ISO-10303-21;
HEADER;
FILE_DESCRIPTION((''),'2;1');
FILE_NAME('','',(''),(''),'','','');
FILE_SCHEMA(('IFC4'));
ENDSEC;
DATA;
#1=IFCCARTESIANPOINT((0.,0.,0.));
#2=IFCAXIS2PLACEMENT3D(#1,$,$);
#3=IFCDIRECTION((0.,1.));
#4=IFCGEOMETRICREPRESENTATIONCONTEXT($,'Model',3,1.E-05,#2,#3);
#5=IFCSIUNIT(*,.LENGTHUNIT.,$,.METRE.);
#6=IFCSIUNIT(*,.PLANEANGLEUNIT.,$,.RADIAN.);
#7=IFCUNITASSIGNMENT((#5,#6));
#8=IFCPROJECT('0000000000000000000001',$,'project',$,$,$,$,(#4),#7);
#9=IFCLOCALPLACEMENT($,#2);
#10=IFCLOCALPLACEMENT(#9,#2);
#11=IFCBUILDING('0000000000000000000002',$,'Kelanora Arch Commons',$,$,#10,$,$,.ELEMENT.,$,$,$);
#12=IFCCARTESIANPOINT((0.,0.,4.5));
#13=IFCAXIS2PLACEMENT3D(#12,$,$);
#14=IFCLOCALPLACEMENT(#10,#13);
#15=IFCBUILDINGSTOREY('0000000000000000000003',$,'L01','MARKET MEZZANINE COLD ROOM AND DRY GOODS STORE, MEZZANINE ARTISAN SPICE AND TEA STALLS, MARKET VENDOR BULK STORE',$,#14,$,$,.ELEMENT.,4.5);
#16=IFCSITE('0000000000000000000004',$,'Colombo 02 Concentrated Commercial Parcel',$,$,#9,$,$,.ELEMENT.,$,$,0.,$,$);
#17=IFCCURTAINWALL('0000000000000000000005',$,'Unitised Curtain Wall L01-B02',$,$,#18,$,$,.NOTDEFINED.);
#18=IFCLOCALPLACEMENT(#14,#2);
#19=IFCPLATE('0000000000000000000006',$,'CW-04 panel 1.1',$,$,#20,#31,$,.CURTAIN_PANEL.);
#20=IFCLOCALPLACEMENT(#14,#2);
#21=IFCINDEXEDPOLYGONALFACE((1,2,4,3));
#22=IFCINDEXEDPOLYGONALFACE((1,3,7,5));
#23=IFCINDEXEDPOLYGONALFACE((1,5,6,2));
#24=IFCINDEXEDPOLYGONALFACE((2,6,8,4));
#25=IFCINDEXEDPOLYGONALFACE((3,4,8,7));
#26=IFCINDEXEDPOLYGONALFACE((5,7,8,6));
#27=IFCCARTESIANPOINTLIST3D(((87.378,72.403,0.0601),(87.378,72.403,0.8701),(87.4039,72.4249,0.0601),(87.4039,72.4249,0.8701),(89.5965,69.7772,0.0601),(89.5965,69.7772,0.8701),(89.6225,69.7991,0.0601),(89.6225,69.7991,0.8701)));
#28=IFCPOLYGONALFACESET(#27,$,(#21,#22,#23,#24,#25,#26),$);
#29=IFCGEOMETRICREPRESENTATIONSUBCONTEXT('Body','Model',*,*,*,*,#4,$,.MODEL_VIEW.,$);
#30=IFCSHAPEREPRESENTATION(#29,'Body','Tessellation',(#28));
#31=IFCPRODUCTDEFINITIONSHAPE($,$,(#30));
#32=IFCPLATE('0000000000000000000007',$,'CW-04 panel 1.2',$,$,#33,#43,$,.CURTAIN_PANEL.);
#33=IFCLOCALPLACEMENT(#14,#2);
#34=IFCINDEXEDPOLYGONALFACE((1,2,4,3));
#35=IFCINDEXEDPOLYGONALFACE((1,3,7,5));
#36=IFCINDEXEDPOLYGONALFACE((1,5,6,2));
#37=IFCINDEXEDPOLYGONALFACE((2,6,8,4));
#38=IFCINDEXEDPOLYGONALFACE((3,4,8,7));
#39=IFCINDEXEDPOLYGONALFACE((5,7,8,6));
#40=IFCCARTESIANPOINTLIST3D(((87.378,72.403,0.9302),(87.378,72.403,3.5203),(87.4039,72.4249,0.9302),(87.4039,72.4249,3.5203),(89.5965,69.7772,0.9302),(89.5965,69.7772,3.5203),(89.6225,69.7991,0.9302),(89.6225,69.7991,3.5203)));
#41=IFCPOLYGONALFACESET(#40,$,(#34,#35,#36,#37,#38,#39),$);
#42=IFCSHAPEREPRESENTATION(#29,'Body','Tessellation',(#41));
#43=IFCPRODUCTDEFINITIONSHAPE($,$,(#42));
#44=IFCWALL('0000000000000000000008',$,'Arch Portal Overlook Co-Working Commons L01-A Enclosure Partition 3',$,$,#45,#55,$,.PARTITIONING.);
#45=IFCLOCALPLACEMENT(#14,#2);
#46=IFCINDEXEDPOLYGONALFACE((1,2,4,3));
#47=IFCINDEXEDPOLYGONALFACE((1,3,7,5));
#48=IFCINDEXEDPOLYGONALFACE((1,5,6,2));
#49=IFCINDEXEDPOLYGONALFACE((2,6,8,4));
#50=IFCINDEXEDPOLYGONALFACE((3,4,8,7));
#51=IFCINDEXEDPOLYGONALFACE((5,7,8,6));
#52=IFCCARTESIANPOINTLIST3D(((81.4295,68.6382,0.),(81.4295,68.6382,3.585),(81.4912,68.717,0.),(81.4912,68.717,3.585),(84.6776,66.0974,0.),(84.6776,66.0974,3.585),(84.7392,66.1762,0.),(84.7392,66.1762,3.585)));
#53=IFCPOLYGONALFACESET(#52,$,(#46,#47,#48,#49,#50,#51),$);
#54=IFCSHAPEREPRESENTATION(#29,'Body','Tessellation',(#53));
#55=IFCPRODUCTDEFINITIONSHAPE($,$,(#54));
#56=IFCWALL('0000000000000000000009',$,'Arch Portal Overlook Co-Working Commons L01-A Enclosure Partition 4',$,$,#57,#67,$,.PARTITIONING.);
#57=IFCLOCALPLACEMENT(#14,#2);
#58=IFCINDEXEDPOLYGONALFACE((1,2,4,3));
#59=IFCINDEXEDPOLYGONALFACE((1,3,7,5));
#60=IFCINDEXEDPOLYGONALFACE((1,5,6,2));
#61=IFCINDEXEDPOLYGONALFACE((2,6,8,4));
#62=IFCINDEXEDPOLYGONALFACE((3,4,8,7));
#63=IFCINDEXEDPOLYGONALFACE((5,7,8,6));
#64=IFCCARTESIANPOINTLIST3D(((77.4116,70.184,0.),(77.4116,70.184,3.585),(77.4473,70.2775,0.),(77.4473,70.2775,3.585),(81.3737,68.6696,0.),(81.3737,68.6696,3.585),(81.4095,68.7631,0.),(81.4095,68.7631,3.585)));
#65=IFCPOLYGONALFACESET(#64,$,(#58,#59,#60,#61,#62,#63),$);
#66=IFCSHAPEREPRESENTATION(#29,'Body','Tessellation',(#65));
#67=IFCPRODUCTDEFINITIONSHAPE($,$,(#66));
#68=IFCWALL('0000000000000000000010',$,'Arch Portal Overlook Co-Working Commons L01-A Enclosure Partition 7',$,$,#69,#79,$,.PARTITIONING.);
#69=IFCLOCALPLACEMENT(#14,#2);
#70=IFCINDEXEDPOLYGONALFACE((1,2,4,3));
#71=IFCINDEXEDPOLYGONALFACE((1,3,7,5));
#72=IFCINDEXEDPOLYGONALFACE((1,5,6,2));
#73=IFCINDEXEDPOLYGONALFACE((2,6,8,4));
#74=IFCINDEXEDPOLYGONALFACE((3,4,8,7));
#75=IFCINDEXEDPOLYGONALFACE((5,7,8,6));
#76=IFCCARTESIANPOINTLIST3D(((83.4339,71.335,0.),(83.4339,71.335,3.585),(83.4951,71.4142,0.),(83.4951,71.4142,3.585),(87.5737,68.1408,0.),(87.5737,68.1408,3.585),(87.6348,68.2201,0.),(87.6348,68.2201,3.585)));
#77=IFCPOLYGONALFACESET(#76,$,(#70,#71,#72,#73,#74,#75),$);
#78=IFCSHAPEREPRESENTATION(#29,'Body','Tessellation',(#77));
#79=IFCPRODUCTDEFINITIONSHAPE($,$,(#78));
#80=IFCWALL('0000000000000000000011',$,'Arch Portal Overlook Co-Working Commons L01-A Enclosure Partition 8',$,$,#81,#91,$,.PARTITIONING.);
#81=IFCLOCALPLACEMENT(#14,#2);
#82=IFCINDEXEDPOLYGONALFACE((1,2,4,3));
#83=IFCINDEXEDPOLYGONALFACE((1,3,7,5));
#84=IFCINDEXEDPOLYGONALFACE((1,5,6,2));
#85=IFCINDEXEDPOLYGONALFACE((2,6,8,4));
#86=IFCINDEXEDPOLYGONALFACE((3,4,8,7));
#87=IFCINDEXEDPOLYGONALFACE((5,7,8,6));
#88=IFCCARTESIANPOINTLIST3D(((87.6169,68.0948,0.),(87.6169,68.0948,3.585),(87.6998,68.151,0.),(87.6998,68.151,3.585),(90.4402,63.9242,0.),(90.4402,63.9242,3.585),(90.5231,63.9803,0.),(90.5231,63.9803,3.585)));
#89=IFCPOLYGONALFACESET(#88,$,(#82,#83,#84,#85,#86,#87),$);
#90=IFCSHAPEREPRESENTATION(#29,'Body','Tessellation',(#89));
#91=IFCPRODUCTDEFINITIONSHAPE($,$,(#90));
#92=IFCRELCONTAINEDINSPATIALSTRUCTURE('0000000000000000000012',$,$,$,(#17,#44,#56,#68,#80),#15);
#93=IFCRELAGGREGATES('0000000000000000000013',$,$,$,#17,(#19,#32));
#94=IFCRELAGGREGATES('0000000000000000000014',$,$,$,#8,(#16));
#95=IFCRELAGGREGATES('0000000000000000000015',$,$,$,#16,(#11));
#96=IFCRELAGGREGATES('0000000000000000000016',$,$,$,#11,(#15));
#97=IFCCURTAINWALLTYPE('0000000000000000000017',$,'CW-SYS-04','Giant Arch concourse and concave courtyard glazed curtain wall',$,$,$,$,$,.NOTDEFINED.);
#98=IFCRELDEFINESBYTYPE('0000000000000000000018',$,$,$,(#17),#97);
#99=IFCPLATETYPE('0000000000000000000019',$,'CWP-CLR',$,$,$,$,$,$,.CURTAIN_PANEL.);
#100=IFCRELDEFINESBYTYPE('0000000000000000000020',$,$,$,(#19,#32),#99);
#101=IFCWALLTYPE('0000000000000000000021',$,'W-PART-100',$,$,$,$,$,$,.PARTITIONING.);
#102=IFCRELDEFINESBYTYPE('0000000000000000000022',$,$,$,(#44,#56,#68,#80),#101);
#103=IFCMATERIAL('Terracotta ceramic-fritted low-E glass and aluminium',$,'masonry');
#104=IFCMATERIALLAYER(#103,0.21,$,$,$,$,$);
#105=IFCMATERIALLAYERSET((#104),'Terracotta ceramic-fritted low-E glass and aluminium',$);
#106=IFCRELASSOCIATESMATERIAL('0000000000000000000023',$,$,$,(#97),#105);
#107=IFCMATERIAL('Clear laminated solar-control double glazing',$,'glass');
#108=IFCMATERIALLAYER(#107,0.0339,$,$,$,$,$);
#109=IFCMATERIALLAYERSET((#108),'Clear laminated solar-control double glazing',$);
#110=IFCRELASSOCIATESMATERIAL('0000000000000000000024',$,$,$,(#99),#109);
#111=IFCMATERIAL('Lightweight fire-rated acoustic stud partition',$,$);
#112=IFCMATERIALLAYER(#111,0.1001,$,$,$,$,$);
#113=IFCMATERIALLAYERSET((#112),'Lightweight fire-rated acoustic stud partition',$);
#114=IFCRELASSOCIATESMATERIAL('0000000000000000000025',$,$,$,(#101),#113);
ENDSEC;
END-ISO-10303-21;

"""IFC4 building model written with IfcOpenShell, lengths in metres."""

from ifc_helpers import new_model, si_unit, direction, frame, frame_2d, origin, origin_2d, place, context, subcontext, project, spatial, rectangle, extrude, source, transform, mapped, material, layer, layer_set, type_object, element, aggregate, save


model = new_model("IFC4")

# Units and contexts
model_context = context("Model", 3, precision=1e-05, world=origin(), true_north=direction((0.0, 1.0)))
body_context = subcontext(model_context, "Body", "Model", "MODEL_VIEW")
ifc_project = project(units=[si_unit("LENGTHUNIT", "METRE"), si_unit("PLANEANGLEUNIT", "RADIAN")], contexts=[model_context])

# Site, building, storey
site_placement = place(None, origin())
site = spatial("IfcSite", under=ifc_project, at=site_placement, Name="Colombo 02 Concentrated Commercial Parcel", CompositionType="ELEMENT", RefElevation=0.0)
building_placement = place(site_placement, origin())
building = spatial("IfcBuilding", under=site, at=building_placement, Name="Kelanora Arch Commons", CompositionType="ELEMENT")
storey_placement = place(building_placement, frame((0.0, 0.0, 4.5)))
storey = spatial("IfcBuildingStorey", under=building, at=storey_placement, Name="L01", Description="MARKET MEZZANINE COLD ROOM AND DRY GOODS STORE, MEZZANINE ARTISAN SPICE AND TEA STALLS, MARKET VENDOR BULK STORE", CompositionType="ELEMENT", Elevation=4.5)

# Curtain wall
ifc_material_1 = material(Name="Terracotta ceramic-fritted low-E glass and aluminium", Category="masonry")
ifc_layer_1 = layer(ifc_material_1, 0.21)
ifc_layer_set_1 = layer_set([ifc_layer_1], Name="Terracotta ceramic-fritted low-E glass and aluminium")
curtain_wall_type = type_object("IfcCurtainWallType", Name="CW-SYS-04", Description="Giant Arch concourse and concave courtyard glazed curtain wall", PredefinedType="NOTDEFINED", material=ifc_layer_set_1)
curtain_wall_1_placement = place(storey_placement, origin())
curtain_wall_1 = element("IfcCurtainWall", 1, at=curtain_wall_1_placement, inside=storey, type_object=curtain_wall_type, Name="Unitised Curtain Wall L01-B02", PredefinedType="NOTDEFINED")

# Plates
ifc_material_2 = material(Name="Clear laminated solar-control double glazing", Category="glass")
ifc_layer_2 = layer(ifc_material_2, 0.0339)
ifc_layer_set_2 = layer_set([ifc_layer_2], Name="Clear laminated solar-control double glazing")
plate_type = type_object("IfcPlateType", Name="CWP-CLR", PredefinedType="CURTAIN_PANEL", material=ifc_layer_set_2)
shared_shape_1 = source(origin(), body_context, "Body", "SweptSolid", [
    extrude(rectangle(XDim=3.4375, YDim=0.0339, at=origin_2d()), origin(), (0.0, 0.0, 1.0), 0.8101),
])
plate_1_placement = place(storey_placement, frame((88.5002, 71.1011, 0.0601), z_axis=(0.0, 0.0, 1.0), x_axis=(-0.645388, 0.763855, 0.0)))
plate_1 = element("IfcPlate", 2, at=plate_1_placement, type_object=plate_type, Name="CW-04 panel 1.1", PredefinedType="CURTAIN_PANEL", context=body_context, shape_type="MappedRepresentation", body=[
    mapped(shared_shape_1, transform((0.0, 0.0, 0.0), scale=1.0)),
])
shared_shape_2 = source(origin(), body_context, "Body", "SweptSolid", [
    extrude(rectangle(XDim=3.4375, YDim=0.0339, at=origin_2d()), origin(), (0.0, 0.0, 1.0), 2.5901),
])
plate_2_placement = place(storey_placement, frame((88.5002, 71.1011, 0.9302), z_axis=(0.0, 0.0, 1.0), x_axis=(-0.645388, 0.763855, 0.0)))
plate_2 = element("IfcPlate", 3, at=plate_2_placement, type_object=plate_type, Name="CW-04 panel 1.2", PredefinedType="CURTAIN_PANEL", context=body_context, shape_type="MappedRepresentation", body=[
    mapped(shared_shape_2, transform((0.0, 0.0, 0.0), scale=1.0)),
])
aggregate(curtain_wall_1, [plate_1, plate_2])

# Walls
ifc_material_3 = material(Name="Lightweight fire-rated acoustic stud partition")
ifc_layer_3 = layer(ifc_material_3, 0.1001)
ifc_layer_set_3 = layer_set([ifc_layer_3], Name="Lightweight fire-rated acoustic stud partition")
wall_type = type_object("IfcWallType", Name="W-PART-100", PredefinedType="PARTITIONING", material=ifc_layer_set_3)
wall_1_placement = place(storey_placement, frame((84.7085, 66.1367, 0.0), z_axis=(0.0, 0.0, 1.0), x_axis=(-0.787644, 0.616131, 0.0)))
element("IfcWall", 4, at=wall_1_placement, inside=storey, type_object=wall_type, Name="Arch Portal Overlook Co-Working Commons L01-A Enclosure Partition 3", PredefinedType="PARTITIONING", context=body_context, shape_type="SweptSolid", body=[
    extrude(rectangle(XDim=4.1238, YDim=0.1001, at=frame_2d((2.062, 0.0))), origin(), (0.0, 0.0, 1.0), 3.585),
])
wall_2_placement = place(storey_placement, frame((81.3916, 68.7163, 0.0), z_axis=(0.0, 0.0, 1.0), x_axis=(-0.934094, 0.357027, 0.0)))
element("IfcWall", 5, at=wall_2_placement, inside=storey, type_object=wall_type, Name="Arch Portal Overlook Co-Working Commons L01-A Enclosure Partition 4", PredefinedType="PARTITIONING", context=body_context, shape_type="SweptSolid", body=[
    extrude(rectangle(XDim=4.2417, YDim=0.1001, at=frame_2d((2.1208, 0.0))), origin(), (0.0, 0.0, 1.0), 3.585),
])
wall_3_placement = place(storey_placement, frame((83.4646, 71.3745, 0.0), z_axis=(0.0, 0.0, 1.0), x_axis=(0.791722, -0.610881, 0.0)))
element("IfcWall", 6, at=wall_3_placement, inside=storey, type_object=wall_type, Name="Arch Portal Overlook Co-Working Commons L01-A Enclosure Partition 7", PredefinedType="PARTITIONING", context=body_context, shape_type="SweptSolid", body=[
    extrude(rectangle(XDim=5.2288, YDim=0.1001, at=frame_2d((2.6143, 0.0))), origin(), (0.0, 0.0, 1.0), 3.585),
])
wall_4_placement = place(storey_placement, frame((87.6584, 68.1228, 0.0), z_axis=(0.0, 0.0, 1.0), x_axis=(0.560571, -0.828107, 0.0)))
element("IfcWall", 7, at=wall_4_placement, inside=storey, type_object=wall_type, Name="Arch Portal Overlook Co-Working Commons L01-A Enclosure Partition 8", PredefinedType="PARTITIONING", context=body_context, shape_type="SweptSolid", body=[
    extrude(rectangle(XDim=5.0364, YDim=0.1001, at=frame_2d((2.5181, 0.0))), origin(), (0.0, 0.0, 1.0), 3.585),
])

save(model, "model.ifc")
